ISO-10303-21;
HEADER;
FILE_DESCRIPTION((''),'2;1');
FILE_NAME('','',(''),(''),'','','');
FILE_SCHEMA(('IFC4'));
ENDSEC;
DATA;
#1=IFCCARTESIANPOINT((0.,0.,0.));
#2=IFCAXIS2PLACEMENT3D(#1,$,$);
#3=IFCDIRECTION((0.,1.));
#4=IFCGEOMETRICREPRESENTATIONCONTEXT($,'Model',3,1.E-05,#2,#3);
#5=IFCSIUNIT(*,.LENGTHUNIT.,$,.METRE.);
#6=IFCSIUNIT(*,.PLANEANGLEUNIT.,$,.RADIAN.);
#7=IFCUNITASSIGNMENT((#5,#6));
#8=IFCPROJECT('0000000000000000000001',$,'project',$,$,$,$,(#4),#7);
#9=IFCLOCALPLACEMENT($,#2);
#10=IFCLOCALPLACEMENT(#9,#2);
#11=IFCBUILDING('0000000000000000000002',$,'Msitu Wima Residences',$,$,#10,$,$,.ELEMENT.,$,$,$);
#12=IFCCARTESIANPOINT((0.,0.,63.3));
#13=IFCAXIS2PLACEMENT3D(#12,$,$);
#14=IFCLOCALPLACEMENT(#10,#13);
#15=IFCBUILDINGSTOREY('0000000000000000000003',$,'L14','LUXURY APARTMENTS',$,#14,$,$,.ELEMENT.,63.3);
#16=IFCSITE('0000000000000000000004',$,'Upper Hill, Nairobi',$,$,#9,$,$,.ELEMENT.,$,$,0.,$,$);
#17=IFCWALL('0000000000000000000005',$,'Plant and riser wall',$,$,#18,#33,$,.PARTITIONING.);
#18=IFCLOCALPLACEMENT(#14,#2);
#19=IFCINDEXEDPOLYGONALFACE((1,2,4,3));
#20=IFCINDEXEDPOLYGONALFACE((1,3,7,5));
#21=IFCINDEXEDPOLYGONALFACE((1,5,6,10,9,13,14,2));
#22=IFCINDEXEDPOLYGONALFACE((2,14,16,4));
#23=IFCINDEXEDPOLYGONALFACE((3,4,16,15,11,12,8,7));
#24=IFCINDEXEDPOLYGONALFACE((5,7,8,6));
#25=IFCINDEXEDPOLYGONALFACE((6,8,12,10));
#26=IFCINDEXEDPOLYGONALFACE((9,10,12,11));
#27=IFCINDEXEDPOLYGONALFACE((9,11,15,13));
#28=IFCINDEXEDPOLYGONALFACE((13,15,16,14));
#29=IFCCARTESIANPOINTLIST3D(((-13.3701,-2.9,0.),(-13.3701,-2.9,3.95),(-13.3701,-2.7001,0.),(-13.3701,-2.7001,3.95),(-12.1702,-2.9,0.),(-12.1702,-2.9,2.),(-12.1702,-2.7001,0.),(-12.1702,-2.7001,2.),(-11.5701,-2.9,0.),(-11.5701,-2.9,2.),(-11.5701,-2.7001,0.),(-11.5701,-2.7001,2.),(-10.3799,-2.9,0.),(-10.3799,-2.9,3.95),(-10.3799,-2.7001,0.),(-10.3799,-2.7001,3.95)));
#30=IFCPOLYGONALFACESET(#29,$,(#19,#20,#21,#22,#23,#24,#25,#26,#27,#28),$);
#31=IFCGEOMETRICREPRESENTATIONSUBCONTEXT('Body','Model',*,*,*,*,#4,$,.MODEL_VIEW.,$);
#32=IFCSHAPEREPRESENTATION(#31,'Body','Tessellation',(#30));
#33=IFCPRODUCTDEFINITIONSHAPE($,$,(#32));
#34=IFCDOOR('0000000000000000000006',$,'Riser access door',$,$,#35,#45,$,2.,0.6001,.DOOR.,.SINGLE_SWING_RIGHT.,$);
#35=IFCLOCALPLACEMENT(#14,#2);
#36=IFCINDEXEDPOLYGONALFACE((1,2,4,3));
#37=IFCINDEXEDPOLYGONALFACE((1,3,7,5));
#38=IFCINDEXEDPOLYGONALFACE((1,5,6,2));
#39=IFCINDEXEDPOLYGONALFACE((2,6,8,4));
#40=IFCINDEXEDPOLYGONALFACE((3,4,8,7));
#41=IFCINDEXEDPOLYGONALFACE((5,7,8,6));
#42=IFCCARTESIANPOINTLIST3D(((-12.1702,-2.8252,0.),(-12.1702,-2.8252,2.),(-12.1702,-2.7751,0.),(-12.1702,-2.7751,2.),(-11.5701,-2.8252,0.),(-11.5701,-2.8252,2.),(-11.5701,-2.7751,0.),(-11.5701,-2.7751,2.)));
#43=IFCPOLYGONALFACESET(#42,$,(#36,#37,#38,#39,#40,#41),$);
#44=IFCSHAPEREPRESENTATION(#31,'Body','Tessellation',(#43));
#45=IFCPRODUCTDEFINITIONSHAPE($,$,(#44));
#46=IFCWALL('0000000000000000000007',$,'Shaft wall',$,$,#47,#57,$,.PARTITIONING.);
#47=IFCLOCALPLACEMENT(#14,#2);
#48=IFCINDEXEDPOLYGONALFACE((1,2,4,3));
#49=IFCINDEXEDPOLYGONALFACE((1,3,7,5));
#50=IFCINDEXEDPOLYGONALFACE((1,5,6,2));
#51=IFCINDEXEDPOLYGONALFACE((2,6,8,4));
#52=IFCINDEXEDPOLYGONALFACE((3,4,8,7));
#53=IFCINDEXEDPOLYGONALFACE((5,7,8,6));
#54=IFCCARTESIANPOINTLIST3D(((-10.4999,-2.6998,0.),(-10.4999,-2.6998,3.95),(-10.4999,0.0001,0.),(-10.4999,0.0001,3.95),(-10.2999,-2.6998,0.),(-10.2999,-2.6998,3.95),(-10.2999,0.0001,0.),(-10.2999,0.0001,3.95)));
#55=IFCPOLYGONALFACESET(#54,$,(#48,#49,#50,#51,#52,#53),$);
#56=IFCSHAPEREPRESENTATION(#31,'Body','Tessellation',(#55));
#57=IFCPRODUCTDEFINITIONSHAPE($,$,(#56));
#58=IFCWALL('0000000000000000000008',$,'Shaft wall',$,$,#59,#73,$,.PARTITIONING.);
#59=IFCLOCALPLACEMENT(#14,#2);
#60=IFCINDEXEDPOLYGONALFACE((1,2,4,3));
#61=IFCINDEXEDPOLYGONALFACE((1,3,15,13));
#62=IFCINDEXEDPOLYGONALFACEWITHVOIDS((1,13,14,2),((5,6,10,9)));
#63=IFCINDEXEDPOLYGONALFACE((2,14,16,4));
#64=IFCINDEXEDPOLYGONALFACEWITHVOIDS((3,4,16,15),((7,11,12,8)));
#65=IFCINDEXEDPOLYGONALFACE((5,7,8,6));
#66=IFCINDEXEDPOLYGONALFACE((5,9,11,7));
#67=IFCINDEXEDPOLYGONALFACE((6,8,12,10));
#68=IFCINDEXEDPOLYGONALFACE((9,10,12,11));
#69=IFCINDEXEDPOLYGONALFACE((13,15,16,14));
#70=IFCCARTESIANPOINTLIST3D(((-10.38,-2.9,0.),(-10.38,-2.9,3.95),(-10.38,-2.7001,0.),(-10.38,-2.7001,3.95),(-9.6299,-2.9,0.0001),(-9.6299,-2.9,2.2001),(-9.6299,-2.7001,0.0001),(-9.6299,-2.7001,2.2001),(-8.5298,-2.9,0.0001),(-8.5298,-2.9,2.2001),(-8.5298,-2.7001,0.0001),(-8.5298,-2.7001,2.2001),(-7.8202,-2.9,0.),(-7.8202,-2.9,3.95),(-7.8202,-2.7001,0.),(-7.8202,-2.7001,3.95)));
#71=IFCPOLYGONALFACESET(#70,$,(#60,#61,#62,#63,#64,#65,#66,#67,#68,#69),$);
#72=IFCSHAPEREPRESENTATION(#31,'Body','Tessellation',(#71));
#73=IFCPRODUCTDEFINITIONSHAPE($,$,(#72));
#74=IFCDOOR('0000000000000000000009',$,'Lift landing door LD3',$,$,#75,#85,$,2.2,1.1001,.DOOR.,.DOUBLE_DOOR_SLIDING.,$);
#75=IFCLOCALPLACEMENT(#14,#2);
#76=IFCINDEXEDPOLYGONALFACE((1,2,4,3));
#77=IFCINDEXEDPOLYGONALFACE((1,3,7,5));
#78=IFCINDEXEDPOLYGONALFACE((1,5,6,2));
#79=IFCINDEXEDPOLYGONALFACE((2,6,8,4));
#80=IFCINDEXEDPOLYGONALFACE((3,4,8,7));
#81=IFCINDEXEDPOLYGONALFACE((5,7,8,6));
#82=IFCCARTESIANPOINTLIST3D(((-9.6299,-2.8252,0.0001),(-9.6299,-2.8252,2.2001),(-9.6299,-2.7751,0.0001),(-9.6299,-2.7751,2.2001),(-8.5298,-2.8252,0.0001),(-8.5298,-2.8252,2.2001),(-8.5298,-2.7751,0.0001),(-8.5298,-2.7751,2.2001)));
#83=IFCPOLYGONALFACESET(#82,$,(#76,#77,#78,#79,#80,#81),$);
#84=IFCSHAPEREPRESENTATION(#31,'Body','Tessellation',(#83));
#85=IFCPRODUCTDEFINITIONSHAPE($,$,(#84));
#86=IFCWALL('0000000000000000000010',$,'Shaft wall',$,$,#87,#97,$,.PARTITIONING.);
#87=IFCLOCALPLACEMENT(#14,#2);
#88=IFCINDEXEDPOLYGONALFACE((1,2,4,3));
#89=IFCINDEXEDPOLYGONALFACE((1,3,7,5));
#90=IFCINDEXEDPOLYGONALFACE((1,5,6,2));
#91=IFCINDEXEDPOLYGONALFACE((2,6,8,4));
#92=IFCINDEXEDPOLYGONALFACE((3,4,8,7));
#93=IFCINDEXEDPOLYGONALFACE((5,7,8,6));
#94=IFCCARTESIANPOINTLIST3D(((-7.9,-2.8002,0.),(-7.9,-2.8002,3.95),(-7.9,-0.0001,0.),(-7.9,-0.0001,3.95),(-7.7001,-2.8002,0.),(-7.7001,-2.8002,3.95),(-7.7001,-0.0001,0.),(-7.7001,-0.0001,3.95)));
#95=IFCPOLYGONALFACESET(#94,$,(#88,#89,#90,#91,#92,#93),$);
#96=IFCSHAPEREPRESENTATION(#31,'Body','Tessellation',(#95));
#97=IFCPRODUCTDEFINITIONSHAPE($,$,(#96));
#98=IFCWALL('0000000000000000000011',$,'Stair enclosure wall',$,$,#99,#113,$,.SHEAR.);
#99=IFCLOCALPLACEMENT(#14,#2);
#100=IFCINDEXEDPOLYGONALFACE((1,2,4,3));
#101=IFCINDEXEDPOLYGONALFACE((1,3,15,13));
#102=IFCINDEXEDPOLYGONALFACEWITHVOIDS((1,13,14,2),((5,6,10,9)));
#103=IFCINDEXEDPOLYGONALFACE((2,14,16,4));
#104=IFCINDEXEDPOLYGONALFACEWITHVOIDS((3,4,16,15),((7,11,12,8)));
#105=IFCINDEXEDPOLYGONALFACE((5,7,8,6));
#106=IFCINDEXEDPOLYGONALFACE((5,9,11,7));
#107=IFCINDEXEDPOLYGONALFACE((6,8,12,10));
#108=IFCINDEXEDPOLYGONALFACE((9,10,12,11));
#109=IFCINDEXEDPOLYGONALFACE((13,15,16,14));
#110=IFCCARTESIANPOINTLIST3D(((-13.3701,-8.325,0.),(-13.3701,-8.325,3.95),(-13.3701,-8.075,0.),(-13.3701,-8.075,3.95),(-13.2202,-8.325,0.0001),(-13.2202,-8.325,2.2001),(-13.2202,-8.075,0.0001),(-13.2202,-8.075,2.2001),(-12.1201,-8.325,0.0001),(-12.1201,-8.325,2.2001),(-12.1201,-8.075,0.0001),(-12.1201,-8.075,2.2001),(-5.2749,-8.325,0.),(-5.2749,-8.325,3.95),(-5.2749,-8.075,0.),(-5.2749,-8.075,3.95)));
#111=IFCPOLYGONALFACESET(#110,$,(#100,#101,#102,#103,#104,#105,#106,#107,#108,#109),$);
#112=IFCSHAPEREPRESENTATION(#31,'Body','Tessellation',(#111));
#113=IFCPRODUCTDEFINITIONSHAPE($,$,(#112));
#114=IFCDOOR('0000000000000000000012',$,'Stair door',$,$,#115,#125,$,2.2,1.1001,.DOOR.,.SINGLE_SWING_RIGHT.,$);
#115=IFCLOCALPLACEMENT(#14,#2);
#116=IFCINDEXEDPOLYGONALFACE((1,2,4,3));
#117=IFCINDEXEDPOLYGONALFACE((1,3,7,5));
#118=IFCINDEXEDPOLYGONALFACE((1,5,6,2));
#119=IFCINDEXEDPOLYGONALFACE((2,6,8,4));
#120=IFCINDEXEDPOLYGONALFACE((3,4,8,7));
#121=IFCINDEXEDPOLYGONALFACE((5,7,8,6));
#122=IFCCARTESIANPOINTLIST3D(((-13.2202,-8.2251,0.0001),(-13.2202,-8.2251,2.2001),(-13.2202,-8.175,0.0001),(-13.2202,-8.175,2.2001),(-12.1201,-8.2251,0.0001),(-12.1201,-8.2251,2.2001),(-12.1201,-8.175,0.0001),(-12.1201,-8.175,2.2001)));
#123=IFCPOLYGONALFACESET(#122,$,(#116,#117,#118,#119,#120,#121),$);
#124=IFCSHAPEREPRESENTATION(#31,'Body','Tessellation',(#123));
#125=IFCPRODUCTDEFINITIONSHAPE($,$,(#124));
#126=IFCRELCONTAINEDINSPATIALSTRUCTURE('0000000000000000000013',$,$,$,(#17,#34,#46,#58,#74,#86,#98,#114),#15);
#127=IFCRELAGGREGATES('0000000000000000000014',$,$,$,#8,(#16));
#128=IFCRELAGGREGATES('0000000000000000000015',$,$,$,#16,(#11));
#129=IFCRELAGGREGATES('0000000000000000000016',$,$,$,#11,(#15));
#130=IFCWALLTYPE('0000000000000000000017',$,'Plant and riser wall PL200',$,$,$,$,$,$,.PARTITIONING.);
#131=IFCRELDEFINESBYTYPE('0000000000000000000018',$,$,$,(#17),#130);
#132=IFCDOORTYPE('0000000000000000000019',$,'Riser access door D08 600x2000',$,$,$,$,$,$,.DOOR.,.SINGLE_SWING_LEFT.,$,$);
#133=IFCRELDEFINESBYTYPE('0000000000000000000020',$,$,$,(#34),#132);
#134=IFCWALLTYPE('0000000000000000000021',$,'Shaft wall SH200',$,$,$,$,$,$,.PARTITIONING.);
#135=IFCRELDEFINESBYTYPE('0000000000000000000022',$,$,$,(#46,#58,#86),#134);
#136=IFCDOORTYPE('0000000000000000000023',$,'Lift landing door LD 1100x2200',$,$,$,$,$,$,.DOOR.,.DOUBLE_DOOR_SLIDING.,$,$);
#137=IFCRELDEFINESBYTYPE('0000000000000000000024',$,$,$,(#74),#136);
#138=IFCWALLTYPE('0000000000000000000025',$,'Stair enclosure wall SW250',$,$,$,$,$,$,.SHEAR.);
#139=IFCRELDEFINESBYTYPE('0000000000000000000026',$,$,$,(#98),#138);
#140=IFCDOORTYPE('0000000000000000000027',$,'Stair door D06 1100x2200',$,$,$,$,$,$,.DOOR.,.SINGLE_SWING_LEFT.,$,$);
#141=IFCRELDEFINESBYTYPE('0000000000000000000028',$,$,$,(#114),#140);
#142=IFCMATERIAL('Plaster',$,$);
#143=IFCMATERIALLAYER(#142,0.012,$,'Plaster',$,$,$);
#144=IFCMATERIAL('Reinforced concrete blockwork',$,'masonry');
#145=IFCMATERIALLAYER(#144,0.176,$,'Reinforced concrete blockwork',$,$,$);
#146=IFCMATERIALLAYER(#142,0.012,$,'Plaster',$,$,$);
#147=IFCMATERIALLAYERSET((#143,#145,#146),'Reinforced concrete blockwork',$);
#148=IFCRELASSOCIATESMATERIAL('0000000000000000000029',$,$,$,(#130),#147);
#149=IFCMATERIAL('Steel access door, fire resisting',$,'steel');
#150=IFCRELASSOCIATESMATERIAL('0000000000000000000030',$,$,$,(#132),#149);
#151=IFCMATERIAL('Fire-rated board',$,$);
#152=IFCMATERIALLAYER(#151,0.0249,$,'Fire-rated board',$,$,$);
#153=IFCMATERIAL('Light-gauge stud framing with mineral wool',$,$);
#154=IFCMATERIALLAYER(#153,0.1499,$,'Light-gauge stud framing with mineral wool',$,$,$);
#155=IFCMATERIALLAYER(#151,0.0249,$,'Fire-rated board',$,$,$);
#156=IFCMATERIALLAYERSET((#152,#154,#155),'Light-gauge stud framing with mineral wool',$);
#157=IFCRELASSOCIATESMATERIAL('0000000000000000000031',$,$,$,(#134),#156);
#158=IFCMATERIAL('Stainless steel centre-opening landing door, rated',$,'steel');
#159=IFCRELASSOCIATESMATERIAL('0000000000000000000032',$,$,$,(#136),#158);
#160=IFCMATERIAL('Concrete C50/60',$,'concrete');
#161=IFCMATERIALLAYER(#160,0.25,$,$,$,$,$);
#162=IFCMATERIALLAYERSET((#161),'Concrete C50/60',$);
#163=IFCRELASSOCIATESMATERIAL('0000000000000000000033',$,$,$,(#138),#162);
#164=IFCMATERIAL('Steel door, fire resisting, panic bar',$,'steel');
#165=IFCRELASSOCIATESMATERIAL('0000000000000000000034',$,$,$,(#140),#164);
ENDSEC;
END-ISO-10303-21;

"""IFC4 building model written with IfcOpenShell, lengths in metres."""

from ifc_helpers import new_model, si_unit, direction, frame, frame_2d, origin, place, context, subcontext, project, spatial, rectangle, extrude, material, layer, layer_set, type_object, element, fill, save


model = new_model("IFC4")

# Units and contexts
model_context = context("Model", 3, precision=1e-05, world=origin(), true_north=direction((0.0, 1.0)))
body_context = subcontext(model_context, "Body", "Model", "MODEL_VIEW")
ifc_project = project(units=[si_unit("LENGTHUNIT", "METRE"), si_unit("PLANEANGLEUNIT", "RADIAN")], contexts=[model_context])

# Site, building, storey
site_placement = place(None, origin())
site = spatial("IfcSite", under=ifc_project, at=site_placement, Name="Upper Hill, Nairobi", CompositionType="ELEMENT", RefElevation=0.0)
building_placement = place(site_placement, origin())
building = spatial("IfcBuilding", under=site, at=building_placement, Name="Msitu Wima Residences", CompositionType="ELEMENT")
storey_placement = place(building_placement, frame((0.0, 0.0, 63.3)))
storey = spatial("IfcBuildingStorey", under=building, at=storey_placement, Name="L14", Description="LUXURY APARTMENTS", CompositionType="ELEMENT", Elevation=63.3)

# Shared definitions
ifc_material_1 = material(Name="Plaster")

# Wall, opening, door
ifc_layer_1 = layer(ifc_material_1, 0.012, Name="Plaster")
ifc_material_2 = material(Name="Reinforced concrete blockwork", Category="masonry")
ifc_layer_2 = layer(ifc_material_2, 0.176, Name="Reinforced concrete blockwork")
ifc_layer_3 = layer(ifc_material_1, 0.012, Name="Plaster")
ifc_layer_set_1 = layer_set([ifc_layer_1, ifc_layer_2, ifc_layer_3], Name="Reinforced concrete blockwork")
wall_type_1 = type_object("IfcWallType", Name="Plant and riser wall PL200", PredefinedType="PARTITIONING", material=ifc_layer_set_1)
wall_1_placement = place(storey_placement, frame((-13.3701, -2.8, 0.0), z_axis=(0.0, 0.0, 1.0), x_axis=(1.0, 0.0, 0.0)))
wall_1 = element("IfcWall", 1, at=wall_1_placement, inside=storey, type_object=wall_type_1, Name="Plant and riser wall", PredefinedType="PARTITIONING", context=body_context, shape_type="SweptSolid", body=[
    extrude(rectangle(XDim=2.9902, YDim=0.2, at=frame_2d((1.4951, 0.0))), origin(), (0.0, 0.0, 1.0), 3.95),
])
opening_1_placement = place(wall_1_placement, frame((1.2, 0.0, 0.0)))
opening_1 = element("IfcOpeningElement", 2, at=opening_1_placement, cuts=wall_1, PredefinedType="OPENING", context=body_context, shape_type="SweptSolid", body=[
    extrude(rectangle(XDim=0.6001, YDim=2.0, at=frame_2d((0.3, 1.0))), frame((0.0, 0.1099, 0.0), z_axis=(0.0, -1.0, 0.0), x_axis=(1.0, 0.0, 0.0)), (0.0, 0.0, 1.0), 0.22),
])
ifc_material_3 = material(Name="Steel access door, fire resisting", Category="steel")
door_type_1 = type_object("IfcDoorType", Name="Riser access door D08 600x2000", OperationType="SINGLE_SWING_LEFT", PredefinedType="DOOR", material=ifc_material_3)
door_1_placement = place(opening_1_placement, origin())
door_1 = element("IfcDoor", 3, at=door_1_placement, inside=storey, type_object=door_type_1, Name="Riser access door", OperationType="SINGLE_SWING_RIGHT", OverallHeight=2.0, OverallWidth=0.6001, PredefinedType="DOOR", context=body_context, shape_type="SweptSolid", body=[
    extrude(rectangle(XDim=0.6001, YDim=2.0, at=frame_2d((0.3, 1.0))), frame((0.0, 0.0249, 0.0), z_axis=(0.0, -1.0, 0.0), x_axis=(1.0, 0.0, 0.0)), (0.0, 0.0, 1.0), 0.05),
])
fill(opening_1, door_1)

# Wall
ifc_material_4 = material(Name="Fire-rated board")
ifc_layer_4 = layer(ifc_material_4, 0.0249, Name="Fire-rated board")
ifc_material_5 = material(Name="Light-gauge stud framing with mineral wool")
ifc_layer_5 = layer(ifc_material_5, 0.1499, Name="Light-gauge stud framing with mineral wool")
ifc_layer_6 = layer(ifc_material_4, 0.0249, Name="Fire-rated board")
ifc_layer_set_2 = layer_set([ifc_layer_4, ifc_layer_5, ifc_layer_6], Name="Light-gauge stud framing with mineral wool")
wall_type_2 = type_object("IfcWallType", Name="Shaft wall SH200", PredefinedType="PARTITIONING", material=ifc_layer_set_2)
wall_2_placement = place(storey_placement, frame((-10.3999, -2.7, 0.0), z_axis=(0.0, 0.0, 1.0), x_axis=(0.0, 1.0, 0.0)))
element("IfcWall", 4, at=wall_2_placement, inside=storey, type_object=wall_type_2, Name="Shaft wall", PredefinedType="PARTITIONING", context=body_context, shape_type="SweptSolid", body=[
    extrude(rectangle(XDim=2.7, YDim=0.2, at=frame_2d((1.3501, 0.0))), origin(), (0.0, 0.0, 1.0), 3.95),
])

# Wall, opening, door
wall_3_placement = place(storey_placement, frame((-10.3799, -2.8, 0.0), z_axis=(0.0, 0.0, 1.0), x_axis=(1.0, 0.0, 0.0)))
wall_3 = element("IfcWall", 5, at=wall_3_placement, inside=storey, type_object=wall_type_2, Name="Shaft wall", PredefinedType="PARTITIONING", context=body_context, shape_type="SweptSolid", body=[
    extrude(rectangle(XDim=2.5598, YDim=0.2, at=frame_2d((1.2798, 0.0))), origin(), (0.0, 0.0, 1.0), 3.95),
])
opening_2_placement = place(wall_3_placement, frame((0.75, 0.0, 0.0)))
opening_2 = element("IfcOpeningElement", 6, at=opening_2_placement, cuts=wall_3, PredefinedType="OPENING", context=body_context, shape_type="SweptSolid", body=[
    extrude(rectangle(XDim=1.1001, YDim=2.2, at=frame_2d((0.55, 1.1001))), frame((0.0, 0.1099, 0.0), z_axis=(0.0, -1.0, 0.0), x_axis=(1.0, 0.0, 0.0)), (0.0, 0.0, 1.0), 0.22),
])
ifc_material_6 = material(Name="Stainless steel centre-opening landing door, rated", Category="steel")
door_type_2 = type_object("IfcDoorType", Name="Lift landing door LD 1100x2200", OperationType="DOUBLE_DOOR_SLIDING", PredefinedType="DOOR", material=ifc_material_6)
door_2_placement = place(opening_2_placement, origin())
door_2 = element("IfcDoor", 7, at=door_2_placement, inside=storey, type_object=door_type_2, Name="Lift landing door LD3", OperationType="DOUBLE_DOOR_SLIDING", OverallHeight=2.2, OverallWidth=1.1001, PredefinedType="DOOR", context=body_context, shape_type="SweptSolid", body=[
    extrude(rectangle(XDim=1.1001, YDim=2.2, at=frame_2d((0.55, 1.1001))), frame((0.0, 0.0249, 0.0), z_axis=(0.0, -1.0, 0.0), x_axis=(1.0, 0.0, 0.0)), (0.0, 0.0, 1.0), 0.05),
])
fill(opening_2, door_2)

# Wall
wall_4_placement = place(storey_placement, frame((-7.8, -2.8, 0.0), z_axis=(0.0, 0.0, 1.0), x_axis=(0.0, 1.0, 0.0)))
element("IfcWall", 8, at=wall_4_placement, inside=storey, type_object=wall_type_2, Name="Shaft wall", PredefinedType="PARTITIONING", context=body_context, shape_type="SweptSolid", body=[
    extrude(rectangle(XDim=2.8, YDim=0.2, at=frame_2d((1.3999, 0.0))), origin(), (0.0, 0.0, 1.0), 3.95),
])

# Wall, opening, door
ifc_material_7 = material(Name="Concrete C50/60", Category="concrete")
ifc_layer_7 = layer(ifc_material_7, 0.25)
ifc_layer_set_3 = layer_set([ifc_layer_7], Name="Concrete C50/60")
wall_type_3 = type_object("IfcWallType", Name="Stair enclosure wall SW250", PredefinedType="SHEAR", material=ifc_layer_set_3)
wall_5_placement = place(storey_placement, frame((-13.3701, -8.2, 0.0), z_axis=(0.0, 0.0, 1.0), x_axis=(1.0, 0.0, 0.0)))
wall_5 = element("IfcWall", 9, at=wall_5_placement, inside=storey, type_object=wall_type_3, Name="Stair enclosure wall", PredefinedType="SHEAR", context=body_context, shape_type="SweptSolid", body=[
    extrude(rectangle(XDim=8.0952, YDim=0.25, at=frame_2d((4.0476, 0.0))), origin(), (0.0, 0.0, 1.0), 3.95),
])
opening_3_placement = place(wall_5_placement, frame((0.1499, 0.0, 0.0)))
opening_3 = element("IfcOpeningElement", 10, at=opening_3_placement, cuts=wall_5, PredefinedType="OPENING", context=body_context, shape_type="SweptSolid", body=[
    extrude(rectangle(XDim=1.1001, YDim=2.2, at=frame_2d((0.55, 1.1001))), frame((0.0, 0.135, 0.0), z_axis=(0.0, -1.0, 0.0), x_axis=(1.0, 0.0, 0.0)), (0.0, 0.0, 1.0), 0.27),
])
ifc_material_8 = material(Name="Steel door, fire resisting, panic bar", Category="steel")
door_type_3 = type_object("IfcDoorType", Name="Stair door D06 1100x2200", OperationType="SINGLE_SWING_LEFT", PredefinedType="DOOR", material=ifc_material_8)
door_3_placement = place(opening_3_placement, origin())
door_3 = element("IfcDoor", 11, at=door_3_placement, inside=storey, type_object=door_type_3, Name="Stair door", OperationType="SINGLE_SWING_RIGHT", OverallHeight=2.2, OverallWidth=1.1001, PredefinedType="DOOR", context=body_context, shape_type="SweptSolid", body=[
    extrude(rectangle(XDim=1.1001, YDim=2.2, at=frame_2d((0.55, 1.1001))), frame((0.0, 0.0249, 0.0), z_axis=(0.0, -1.0, 0.0), x_axis=(1.0, 0.0, 0.0)), (0.0, 0.0, 1.0), 0.05),
])
fill(opening_3, door_3)

save(model, "model.ifc")
